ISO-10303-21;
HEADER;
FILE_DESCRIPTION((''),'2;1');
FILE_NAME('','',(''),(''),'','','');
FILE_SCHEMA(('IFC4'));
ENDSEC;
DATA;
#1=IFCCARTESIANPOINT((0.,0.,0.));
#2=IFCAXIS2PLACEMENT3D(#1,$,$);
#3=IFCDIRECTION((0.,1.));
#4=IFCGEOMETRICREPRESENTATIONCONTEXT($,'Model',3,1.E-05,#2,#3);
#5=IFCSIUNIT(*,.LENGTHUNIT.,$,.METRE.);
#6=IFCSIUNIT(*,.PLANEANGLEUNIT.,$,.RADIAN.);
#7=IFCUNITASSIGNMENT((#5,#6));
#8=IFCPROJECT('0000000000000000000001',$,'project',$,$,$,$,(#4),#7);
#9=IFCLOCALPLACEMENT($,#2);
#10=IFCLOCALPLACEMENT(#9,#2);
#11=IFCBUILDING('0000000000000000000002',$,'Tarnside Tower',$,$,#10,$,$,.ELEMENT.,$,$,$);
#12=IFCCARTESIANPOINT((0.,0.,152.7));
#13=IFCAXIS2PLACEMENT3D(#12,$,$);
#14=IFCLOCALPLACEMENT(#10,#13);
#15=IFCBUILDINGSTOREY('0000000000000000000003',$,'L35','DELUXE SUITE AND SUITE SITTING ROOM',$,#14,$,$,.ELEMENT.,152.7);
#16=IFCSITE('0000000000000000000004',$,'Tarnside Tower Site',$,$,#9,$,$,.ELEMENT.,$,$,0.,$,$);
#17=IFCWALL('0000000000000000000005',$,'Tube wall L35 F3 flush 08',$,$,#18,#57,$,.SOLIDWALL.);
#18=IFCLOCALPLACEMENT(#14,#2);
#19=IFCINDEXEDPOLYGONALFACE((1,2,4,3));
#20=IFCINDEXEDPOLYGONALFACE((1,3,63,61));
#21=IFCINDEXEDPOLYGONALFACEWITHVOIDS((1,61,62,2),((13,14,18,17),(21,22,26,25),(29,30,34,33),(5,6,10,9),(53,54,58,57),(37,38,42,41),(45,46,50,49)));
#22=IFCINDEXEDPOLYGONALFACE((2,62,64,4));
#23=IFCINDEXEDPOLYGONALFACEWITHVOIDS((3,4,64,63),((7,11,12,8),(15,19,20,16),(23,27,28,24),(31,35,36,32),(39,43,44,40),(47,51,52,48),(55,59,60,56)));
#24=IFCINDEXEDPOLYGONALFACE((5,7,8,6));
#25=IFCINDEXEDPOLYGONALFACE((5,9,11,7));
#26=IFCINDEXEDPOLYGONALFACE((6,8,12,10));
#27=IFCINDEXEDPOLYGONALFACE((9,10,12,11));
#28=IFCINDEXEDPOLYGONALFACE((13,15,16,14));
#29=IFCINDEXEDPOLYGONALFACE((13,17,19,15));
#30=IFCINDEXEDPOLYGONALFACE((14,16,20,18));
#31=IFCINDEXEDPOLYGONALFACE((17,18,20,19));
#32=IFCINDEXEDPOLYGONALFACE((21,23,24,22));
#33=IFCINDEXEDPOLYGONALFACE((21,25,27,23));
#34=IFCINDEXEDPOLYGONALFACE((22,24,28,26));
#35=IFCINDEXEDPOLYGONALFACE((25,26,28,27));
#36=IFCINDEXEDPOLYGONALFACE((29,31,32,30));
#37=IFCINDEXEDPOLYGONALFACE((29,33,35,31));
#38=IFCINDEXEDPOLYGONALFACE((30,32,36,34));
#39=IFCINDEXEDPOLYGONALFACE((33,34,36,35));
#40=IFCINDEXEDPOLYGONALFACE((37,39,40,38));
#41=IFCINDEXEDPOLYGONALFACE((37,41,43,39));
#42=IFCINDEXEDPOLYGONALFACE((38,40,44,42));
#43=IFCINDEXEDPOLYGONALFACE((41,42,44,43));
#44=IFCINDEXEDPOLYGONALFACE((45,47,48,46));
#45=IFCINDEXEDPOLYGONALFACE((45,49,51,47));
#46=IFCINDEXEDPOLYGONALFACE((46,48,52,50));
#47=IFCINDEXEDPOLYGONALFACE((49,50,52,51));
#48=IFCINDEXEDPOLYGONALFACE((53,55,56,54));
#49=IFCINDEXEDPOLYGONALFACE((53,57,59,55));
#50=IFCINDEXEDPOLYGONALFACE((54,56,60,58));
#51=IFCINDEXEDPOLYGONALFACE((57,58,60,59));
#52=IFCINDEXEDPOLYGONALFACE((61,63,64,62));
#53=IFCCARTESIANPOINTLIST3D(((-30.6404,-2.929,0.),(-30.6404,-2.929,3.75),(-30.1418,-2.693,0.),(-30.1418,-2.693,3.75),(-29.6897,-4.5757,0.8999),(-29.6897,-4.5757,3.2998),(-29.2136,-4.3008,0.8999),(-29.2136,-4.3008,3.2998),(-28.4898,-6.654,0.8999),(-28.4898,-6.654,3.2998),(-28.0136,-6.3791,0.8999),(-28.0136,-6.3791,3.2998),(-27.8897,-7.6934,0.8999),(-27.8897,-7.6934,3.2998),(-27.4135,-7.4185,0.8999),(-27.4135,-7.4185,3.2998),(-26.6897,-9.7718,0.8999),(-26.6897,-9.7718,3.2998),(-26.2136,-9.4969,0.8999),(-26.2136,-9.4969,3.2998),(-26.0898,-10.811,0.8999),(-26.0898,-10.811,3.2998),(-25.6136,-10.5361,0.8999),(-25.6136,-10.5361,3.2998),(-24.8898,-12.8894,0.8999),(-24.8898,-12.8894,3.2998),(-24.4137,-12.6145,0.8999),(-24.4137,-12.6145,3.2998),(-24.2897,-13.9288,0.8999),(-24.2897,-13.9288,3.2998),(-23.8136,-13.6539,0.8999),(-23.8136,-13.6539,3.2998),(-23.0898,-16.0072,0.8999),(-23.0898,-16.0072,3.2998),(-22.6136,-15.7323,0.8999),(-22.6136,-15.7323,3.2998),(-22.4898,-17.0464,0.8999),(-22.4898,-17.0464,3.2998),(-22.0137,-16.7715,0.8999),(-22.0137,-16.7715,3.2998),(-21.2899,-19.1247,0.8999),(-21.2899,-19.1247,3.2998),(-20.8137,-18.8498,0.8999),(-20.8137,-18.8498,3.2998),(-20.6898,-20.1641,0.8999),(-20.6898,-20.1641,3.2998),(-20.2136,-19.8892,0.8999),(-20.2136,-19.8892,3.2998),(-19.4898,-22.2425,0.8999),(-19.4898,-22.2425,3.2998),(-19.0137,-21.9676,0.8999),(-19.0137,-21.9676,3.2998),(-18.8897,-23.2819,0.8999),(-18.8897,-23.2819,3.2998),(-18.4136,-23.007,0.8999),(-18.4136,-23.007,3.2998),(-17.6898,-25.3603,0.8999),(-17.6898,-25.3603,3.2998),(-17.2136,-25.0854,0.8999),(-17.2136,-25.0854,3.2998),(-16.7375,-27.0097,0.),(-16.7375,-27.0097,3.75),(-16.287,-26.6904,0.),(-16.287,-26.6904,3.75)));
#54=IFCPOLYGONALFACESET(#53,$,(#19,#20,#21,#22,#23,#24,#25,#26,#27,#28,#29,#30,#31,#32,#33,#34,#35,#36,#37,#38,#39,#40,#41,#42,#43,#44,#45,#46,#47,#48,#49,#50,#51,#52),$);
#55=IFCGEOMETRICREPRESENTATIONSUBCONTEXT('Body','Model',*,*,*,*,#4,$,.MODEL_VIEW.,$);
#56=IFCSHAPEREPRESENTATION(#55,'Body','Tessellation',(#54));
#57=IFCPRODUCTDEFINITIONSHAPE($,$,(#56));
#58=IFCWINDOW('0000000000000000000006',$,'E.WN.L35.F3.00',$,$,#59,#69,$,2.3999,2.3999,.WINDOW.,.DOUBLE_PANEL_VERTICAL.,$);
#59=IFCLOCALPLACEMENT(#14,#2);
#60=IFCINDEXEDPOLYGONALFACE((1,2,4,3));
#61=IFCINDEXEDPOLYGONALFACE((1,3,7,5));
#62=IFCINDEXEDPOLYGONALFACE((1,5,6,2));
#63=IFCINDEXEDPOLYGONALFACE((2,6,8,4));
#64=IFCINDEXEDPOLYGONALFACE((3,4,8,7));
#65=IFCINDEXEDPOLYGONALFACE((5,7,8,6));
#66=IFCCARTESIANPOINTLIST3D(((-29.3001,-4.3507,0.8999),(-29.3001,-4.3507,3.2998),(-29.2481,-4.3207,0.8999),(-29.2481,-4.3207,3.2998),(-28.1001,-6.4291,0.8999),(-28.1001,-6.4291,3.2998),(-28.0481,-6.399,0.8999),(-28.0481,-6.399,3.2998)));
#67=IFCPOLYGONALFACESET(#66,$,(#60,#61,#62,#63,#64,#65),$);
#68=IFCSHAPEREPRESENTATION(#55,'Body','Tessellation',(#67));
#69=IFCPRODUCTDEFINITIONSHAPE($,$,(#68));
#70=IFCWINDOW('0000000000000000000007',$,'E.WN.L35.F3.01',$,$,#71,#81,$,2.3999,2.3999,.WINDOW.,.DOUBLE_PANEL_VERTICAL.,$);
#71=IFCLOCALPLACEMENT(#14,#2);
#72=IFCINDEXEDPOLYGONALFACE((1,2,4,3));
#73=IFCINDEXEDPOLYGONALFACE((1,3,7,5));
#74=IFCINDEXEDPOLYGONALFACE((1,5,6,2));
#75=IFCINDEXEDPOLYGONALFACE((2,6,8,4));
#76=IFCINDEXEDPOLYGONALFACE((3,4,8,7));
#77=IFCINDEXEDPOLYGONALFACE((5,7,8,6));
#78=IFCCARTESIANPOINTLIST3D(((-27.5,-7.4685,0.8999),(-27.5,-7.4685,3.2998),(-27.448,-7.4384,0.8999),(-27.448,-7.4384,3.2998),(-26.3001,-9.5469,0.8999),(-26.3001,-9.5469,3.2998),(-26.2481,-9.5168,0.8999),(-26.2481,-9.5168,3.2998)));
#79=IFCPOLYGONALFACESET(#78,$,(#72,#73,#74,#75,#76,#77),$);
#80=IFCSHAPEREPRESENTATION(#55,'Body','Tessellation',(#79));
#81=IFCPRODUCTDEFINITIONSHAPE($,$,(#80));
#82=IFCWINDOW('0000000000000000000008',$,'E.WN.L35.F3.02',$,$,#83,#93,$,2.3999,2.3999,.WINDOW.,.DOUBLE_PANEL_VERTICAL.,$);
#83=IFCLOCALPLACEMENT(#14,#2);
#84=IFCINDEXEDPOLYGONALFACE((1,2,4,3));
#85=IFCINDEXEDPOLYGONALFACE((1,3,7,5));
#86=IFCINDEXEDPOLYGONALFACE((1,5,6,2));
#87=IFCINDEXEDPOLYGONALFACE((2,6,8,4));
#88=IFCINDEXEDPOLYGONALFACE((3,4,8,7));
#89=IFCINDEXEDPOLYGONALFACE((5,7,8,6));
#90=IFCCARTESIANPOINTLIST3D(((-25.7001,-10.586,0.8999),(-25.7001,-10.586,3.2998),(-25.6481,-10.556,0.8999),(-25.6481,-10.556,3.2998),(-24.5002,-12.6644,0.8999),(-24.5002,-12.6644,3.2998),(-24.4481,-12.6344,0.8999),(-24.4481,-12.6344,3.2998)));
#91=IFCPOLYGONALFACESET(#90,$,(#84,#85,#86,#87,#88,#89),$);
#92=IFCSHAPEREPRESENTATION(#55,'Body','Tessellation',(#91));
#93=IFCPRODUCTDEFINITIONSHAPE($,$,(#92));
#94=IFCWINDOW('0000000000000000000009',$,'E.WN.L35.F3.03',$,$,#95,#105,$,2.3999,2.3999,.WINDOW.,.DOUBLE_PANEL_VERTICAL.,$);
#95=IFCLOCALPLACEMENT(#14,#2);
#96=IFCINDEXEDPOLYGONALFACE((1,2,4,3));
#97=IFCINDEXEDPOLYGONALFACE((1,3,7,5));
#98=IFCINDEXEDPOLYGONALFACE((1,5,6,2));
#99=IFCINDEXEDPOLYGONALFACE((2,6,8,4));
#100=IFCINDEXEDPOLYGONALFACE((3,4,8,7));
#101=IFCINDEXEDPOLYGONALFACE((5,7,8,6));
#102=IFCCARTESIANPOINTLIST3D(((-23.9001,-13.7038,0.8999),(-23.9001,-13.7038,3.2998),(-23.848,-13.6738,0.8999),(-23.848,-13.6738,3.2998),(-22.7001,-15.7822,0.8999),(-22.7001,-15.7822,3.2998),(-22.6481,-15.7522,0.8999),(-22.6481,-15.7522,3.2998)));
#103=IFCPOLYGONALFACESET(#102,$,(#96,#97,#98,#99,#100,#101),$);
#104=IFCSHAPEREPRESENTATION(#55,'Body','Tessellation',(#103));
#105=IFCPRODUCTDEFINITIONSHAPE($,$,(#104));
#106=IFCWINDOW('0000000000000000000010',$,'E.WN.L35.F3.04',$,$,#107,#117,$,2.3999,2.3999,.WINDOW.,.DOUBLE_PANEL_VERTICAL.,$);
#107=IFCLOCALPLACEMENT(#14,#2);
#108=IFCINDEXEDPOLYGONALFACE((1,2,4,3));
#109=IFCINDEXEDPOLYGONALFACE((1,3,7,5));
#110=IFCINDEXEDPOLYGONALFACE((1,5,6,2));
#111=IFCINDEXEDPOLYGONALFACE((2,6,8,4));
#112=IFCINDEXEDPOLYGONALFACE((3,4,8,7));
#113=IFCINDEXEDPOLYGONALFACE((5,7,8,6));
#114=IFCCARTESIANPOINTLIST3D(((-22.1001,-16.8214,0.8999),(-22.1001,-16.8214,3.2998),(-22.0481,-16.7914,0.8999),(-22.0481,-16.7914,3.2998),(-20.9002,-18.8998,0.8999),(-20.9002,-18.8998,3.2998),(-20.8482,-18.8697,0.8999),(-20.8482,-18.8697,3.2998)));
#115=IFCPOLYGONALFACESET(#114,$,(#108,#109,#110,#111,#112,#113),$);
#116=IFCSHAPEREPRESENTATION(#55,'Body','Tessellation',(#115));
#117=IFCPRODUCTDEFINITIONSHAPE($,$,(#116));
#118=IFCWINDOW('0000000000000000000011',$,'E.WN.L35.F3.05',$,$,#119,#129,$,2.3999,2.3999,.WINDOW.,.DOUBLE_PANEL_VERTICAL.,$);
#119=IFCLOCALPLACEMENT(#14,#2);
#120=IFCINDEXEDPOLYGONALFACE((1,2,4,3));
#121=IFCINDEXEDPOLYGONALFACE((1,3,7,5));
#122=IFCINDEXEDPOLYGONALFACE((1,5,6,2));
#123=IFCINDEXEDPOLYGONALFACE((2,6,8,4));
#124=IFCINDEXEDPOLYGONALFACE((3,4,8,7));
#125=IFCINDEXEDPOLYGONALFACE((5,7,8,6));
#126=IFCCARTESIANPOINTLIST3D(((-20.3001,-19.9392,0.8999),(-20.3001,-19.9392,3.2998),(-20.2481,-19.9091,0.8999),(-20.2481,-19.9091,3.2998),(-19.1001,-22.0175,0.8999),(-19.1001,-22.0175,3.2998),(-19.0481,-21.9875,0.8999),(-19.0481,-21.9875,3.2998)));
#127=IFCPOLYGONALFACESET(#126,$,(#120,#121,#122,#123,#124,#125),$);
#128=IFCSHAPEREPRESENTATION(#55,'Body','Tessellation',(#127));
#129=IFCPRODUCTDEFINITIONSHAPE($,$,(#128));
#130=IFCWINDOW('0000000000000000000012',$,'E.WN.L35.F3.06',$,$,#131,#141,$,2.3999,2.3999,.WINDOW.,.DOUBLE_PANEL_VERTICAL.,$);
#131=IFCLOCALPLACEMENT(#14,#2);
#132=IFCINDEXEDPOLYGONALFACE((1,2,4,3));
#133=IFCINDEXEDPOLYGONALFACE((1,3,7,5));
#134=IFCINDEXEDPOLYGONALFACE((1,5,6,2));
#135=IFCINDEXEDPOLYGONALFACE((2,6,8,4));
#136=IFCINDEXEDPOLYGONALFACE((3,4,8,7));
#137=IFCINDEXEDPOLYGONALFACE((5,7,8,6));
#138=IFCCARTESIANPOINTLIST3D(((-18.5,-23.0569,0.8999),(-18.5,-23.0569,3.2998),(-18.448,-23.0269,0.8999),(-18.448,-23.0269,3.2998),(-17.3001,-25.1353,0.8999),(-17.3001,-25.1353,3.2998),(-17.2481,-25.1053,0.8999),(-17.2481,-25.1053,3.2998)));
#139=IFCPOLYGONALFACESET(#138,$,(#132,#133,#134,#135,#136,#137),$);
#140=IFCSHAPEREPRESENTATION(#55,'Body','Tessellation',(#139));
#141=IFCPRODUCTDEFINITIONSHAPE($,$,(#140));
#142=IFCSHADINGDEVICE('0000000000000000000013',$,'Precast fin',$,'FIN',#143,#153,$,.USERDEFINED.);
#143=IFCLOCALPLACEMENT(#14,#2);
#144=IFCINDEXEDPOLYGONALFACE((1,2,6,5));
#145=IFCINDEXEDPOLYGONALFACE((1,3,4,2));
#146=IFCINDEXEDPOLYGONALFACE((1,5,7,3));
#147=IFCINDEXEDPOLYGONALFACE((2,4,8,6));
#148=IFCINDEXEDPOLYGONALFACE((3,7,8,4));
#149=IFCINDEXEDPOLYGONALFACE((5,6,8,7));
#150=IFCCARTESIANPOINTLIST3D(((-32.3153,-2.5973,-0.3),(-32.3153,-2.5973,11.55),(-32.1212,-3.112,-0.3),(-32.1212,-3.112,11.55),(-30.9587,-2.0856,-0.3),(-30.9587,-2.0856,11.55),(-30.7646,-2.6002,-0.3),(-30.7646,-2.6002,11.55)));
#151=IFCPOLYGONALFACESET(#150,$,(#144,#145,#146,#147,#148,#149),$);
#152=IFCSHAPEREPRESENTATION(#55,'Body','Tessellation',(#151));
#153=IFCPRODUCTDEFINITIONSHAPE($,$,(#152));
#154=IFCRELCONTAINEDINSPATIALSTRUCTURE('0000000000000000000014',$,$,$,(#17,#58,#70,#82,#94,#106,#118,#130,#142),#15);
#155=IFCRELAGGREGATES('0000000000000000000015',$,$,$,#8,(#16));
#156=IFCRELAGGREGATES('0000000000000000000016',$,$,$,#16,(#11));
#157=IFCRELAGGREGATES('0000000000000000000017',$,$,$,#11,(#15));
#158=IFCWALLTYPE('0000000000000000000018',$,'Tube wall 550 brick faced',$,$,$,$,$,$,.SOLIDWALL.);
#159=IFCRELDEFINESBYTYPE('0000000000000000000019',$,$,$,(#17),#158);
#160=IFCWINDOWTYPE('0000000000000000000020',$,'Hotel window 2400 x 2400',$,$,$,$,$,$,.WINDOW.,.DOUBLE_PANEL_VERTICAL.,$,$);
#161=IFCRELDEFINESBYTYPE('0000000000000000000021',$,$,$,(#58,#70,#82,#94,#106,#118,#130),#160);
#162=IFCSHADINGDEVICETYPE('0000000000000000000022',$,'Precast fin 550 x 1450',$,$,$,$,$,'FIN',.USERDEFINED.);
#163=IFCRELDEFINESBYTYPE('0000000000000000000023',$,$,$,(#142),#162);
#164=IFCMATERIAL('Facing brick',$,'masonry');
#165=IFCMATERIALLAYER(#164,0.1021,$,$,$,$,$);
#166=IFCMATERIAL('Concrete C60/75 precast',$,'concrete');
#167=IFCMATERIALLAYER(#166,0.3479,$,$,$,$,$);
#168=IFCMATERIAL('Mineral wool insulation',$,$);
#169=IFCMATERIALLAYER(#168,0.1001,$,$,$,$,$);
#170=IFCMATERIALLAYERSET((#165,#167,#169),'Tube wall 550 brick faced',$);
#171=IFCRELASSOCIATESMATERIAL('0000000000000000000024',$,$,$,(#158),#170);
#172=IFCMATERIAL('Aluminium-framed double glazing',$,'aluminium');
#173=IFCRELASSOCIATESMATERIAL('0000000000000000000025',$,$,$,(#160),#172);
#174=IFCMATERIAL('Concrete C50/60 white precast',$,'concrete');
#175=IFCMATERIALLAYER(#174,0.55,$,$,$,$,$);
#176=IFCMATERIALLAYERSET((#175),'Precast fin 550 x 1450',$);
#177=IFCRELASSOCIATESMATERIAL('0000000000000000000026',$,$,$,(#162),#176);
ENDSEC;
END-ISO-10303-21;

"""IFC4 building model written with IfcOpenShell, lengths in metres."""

from ifc_helpers import new_model, si_unit, direction, frame, frame_2d, origin, place, context, subcontext, project, spatial, polyline, rectangle, outline, extrude, material, layer, layer_set, type_object, element, fill, save


model = new_model("IFC4")

# Units and contexts
model_context = context("Model", 3, precision=1e-05, world=origin(), true_north=direction((0.0, 1.0)))
body_context = subcontext(model_context, "Body", "Model", "MODEL_VIEW")
ifc_project = project(units=[si_unit("LENGTHUNIT", "METRE"), si_unit("PLANEANGLEUNIT", "RADIAN")], contexts=[model_context])

# Site, building, storey
site_placement = place(None, origin())
site = spatial("IfcSite", under=ifc_project, at=site_placement, Name="Tarnside Tower Site", CompositionType="ELEMENT", RefElevation=0.0)
building_placement = place(site_placement, origin())
building = spatial("IfcBuilding", under=site, at=building_placement, Name="Tarnside Tower", CompositionType="ELEMENT")
storey_placement = place(building_placement, frame((0.0, 0.0, 152.7)))
storey = spatial("IfcBuildingStorey", under=building, at=storey_placement, Name="L35", Description="DELUXE SUITE AND SUITE SITTING ROOM", CompositionType="ELEMENT", Elevation=152.7)

# Shared definitions
ifc_material_1 = material(Name="Facing brick", Category="masonry")
ifc_layer_1 = layer(ifc_material_1, 0.1021)
ifc_material_2 = material(Name="Concrete C60/75 precast", Category="concrete")
ifc_layer_2 = layer(ifc_material_2, 0.3479)
ifc_material_3 = material(Name="Mineral wool insulation")
ifc_layer_3 = layer(ifc_material_3, 0.1001)
ifc_layer_set_1 = layer_set([ifc_layer_1, ifc_layer_2, ifc_layer_3], Name="Tube wall 550 brick faced")
wall_type = type_object("IfcWallType", Name="Tube wall 550 brick faced", PredefinedType="SOLIDWALL", material=ifc_layer_set_1)

# Wall, openings, windows
wall_1_placement = place(storey_placement, frame((-30.3911, -2.811, 0.0), z_axis=(0.0, 0.0, 1.0), x_axis=(0.499999, -0.866026, 0.0)))
wall_1 = element("IfcWall", 1, at=wall_1_placement, inside=storey, type_object=wall_type, Name="Tube wall L35 F3 flush 08", PredefinedType="SOLIDWALL", context=body_context, shape_type="SweptSolid", body=[
    extrude(outline(polyline([(-0.0225, -0.2749), (27.7834, -0.2749), (27.7322, 0.2749), (0.0225, 0.2749), (-0.0225, -0.2749)])), origin(), (0.0, 0.0, 1.0), 3.75),
])
opening_1_placement = place(wall_1_placement, frame((1.8789, 0.0, 0.8999)))
opening_1 = element("IfcOpeningElement", 2, at=opening_1_placement, cuts=wall_1, PredefinedType="OPENING", context=body_context, shape_type="SweptSolid", body=[
    extrude(rectangle(XDim=2.3999, YDim=2.3999, at=frame_2d((1.2, 1.2))), frame((0.0, 0.2852, 0.0), z_axis=(0.0, -1.0, 0.0), x_axis=(1.0, 0.0, 0.0)), (0.0, 0.0, 1.0), 0.5701),
])
opening_2_placement = place(wall_1_placement, frame((5.479, 0.0, 0.8999)))
opening_2 = element("IfcOpeningElement", 3, at=opening_2_placement, cuts=wall_1, PredefinedType="OPENING", context=body_context, shape_type="SweptSolid", body=[
    extrude(rectangle(XDim=2.3999, YDim=2.3999, at=frame_2d((1.2, 1.2))), frame((0.0, 0.2852, 0.0), z_axis=(0.0, -1.0, 0.0), x_axis=(1.0, 0.0, 0.0)), (0.0, 0.0, 1.0), 0.5701),
])
opening_3_placement = place(wall_1_placement, frame((9.0789, 0.0, 0.8999)))
opening_3 = element("IfcOpeningElement", 4, at=opening_3_placement, cuts=wall_1, PredefinedType="OPENING", context=body_context, shape_type="SweptSolid", body=[
    extrude(rectangle(XDim=2.3999, YDim=2.3999, at=frame_2d((1.2, 1.2))), frame((0.0, 0.2852, 0.0), z_axis=(0.0, -1.0, 0.0), x_axis=(1.0, 0.0, 0.0)), (0.0, 0.0, 1.0), 0.5701),
])
opening_4_placement = place(wall_1_placement, frame((12.679, 0.0, 0.8999)))
opening_4 = element("IfcOpeningElement", 5, at=opening_4_placement, cuts=wall_1, PredefinedType="OPENING", context=body_context, shape_type="SweptSolid", body=[
    extrude(rectangle(XDim=2.3999, YDim=2.3999, at=frame_2d((1.2, 1.2))), frame((0.0, 0.2852, 0.0), z_axis=(0.0, -1.0, 0.0), x_axis=(1.0, 0.0, 0.0)), (0.0, 0.0, 1.0), 0.5701),
])
opening_5_placement = place(wall_1_placement, frame((16.2788, 0.0, 0.8999)))
opening_5 = element("IfcOpeningElement", 6, at=opening_5_placement, cuts=wall_1, PredefinedType="OPENING", context=body_context, shape_type="SweptSolid", body=[
    extrude(rectangle(XDim=2.3999, YDim=2.3999, at=frame_2d((1.2, 1.2))), frame((0.0, 0.2852, 0.0), z_axis=(0.0, -1.0, 0.0), x_axis=(1.0, 0.0, 0.0)), (0.0, 0.0, 1.0), 0.5701),
])
opening_6_placement = place(wall_1_placement, frame((19.8789, 0.0, 0.8999)))
opening_6 = element("IfcOpeningElement", 7, at=opening_6_placement, cuts=wall_1, PredefinedType="OPENING", context=body_context, shape_type="SweptSolid", body=[
    extrude(rectangle(XDim=2.3999, YDim=2.3999, at=frame_2d((1.2, 1.2))), frame((0.0, 0.2852, 0.0), z_axis=(0.0, -1.0, 0.0), x_axis=(1.0, 0.0, 0.0)), (0.0, 0.0, 1.0), 0.5701),
])
opening_7_placement = place(wall_1_placement, frame((23.479, 0.0, 0.8999)))
opening_7 = element("IfcOpeningElement", 8, at=opening_7_placement, cuts=wall_1, PredefinedType="OPENING", context=body_context, shape_type="SweptSolid", body=[
    extrude(rectangle(XDim=2.3999, YDim=2.3999, at=frame_2d((1.2, 1.2))), frame((0.0, 0.2852, 0.0), z_axis=(0.0, -1.0, 0.0), x_axis=(1.0, 0.0, 0.0)), (0.0, 0.0, 1.0), 0.5701),
])
ifc_material_4 = material(Name="Aluminium-framed double glazing", Category="aluminium")
window_type = type_object("IfcWindowType", Name="Hotel window 2400 x 2400", PartitioningType="DOUBLE_PANEL_VERTICAL", PredefinedType="WINDOW", material=ifc_material_4)
window_1_placement = place(opening_1_placement, frame((0.0, 0.2051, 0.0)))
window_1 = element("IfcWindow", 9, at=window_1_placement, inside=storey, type_object=window_type, Name="E.WN.L35.F3.00", OverallHeight=2.3999, OverallWidth=2.3999, PartitioningType="DOUBLE_PANEL_VERTICAL", PredefinedType="WINDOW", context=body_context, shape_type="SweptSolid", body=[
    extrude(rectangle(XDim=2.3999, YDim=2.3999, at=frame_2d((1.2, 1.2))), frame((0.0, 0.03, 0.0), z_axis=(0.0, -1.0, 0.0), x_axis=(1.0, 0.0, 0.0)), (0.0, 0.0, 1.0), 0.0601),
])
fill(opening_1, window_1)
window_2_placement = place(opening_2_placement, frame((0.0, 0.2051, 0.0)))
window_2 = element("IfcWindow", 10, at=window_2_placement, inside=storey, type_object=window_type, Name="E.WN.L35.F3.01", OverallHeight=2.3999, OverallWidth=2.3999, PartitioningType="DOUBLE_PANEL_VERTICAL", PredefinedType="WINDOW", context=body_context, shape_type="SweptSolid", body=[
    extrude(rectangle(XDim=2.3999, YDim=2.3999, at=frame_2d((1.2, 1.2))), frame((0.0, 0.03, 0.0), z_axis=(0.0, -1.0, 0.0), x_axis=(1.0, 0.0, 0.0)), (0.0, 0.0, 1.0), 0.0601),
])
fill(opening_2, window_2)
window_3_placement = place(opening_3_placement, frame((0.0, 0.2051, 0.0)))
window_3 = element("IfcWindow", 11, at=window_3_placement, inside=storey, type_object=window_type, Name="E.WN.L35.F3.02", OverallHeight=2.3999, OverallWidth=2.3999, PartitioningType="DOUBLE_PANEL_VERTICAL", PredefinedType="WINDOW", context=body_context, shape_type="SweptSolid", body=[
    extrude(rectangle(XDim=2.3999, YDim=2.3999, at=frame_2d((1.2, 1.2))), frame((0.0, 0.03, 0.0), z_axis=(0.0, -1.0, 0.0), x_axis=(1.0, 0.0, 0.0)), (0.0, 0.0, 1.0), 0.0601),
])
fill(opening_3, window_3)
window_4_placement = place(opening_4_placement, frame((0.0, 0.2051, 0.0)))
window_4 = element("IfcWindow", 12, at=window_4_placement, inside=storey, type_object=window_type, Name="E.WN.L35.F3.03", OverallHeight=2.3999, OverallWidth=2.3999, PartitioningType="DOUBLE_PANEL_VERTICAL", PredefinedType="WINDOW", context=body_context, shape_type="SweptSolid", body=[
    extrude(rectangle(XDim=2.3999, YDim=2.3999, at=frame_2d((1.2, 1.2))), frame((0.0, 0.03, 0.0), z_axis=(0.0, -1.0, 0.0), x_axis=(1.0, 0.0, 0.0)), (0.0, 0.0, 1.0), 0.0601),
])
fill(opening_4, window_4)
window_5_placement = place(opening_5_placement, frame((0.0, 0.2051, 0.0)))
window_5 = element("IfcWindow", 13, at=window_5_placement, inside=storey, type_object=window_type, Name="E.WN.L35.F3.04", OverallHeight=2.3999, OverallWidth=2.3999, PartitioningType="DOUBLE_PANEL_VERTICAL", PredefinedType="WINDOW", context=body_context, shape_type="SweptSolid", body=[
    extrude(rectangle(XDim=2.3999, YDim=2.3999, at=frame_2d((1.2, 1.2))), frame((0.0, 0.03, 0.0), z_axis=(0.0, -1.0, 0.0), x_axis=(1.0, 0.0, 0.0)), (0.0, 0.0, 1.0), 0.0601),
])
fill(opening_5, window_5)
window_6_placement = place(opening_6_placement, frame((0.0, 0.2051, 0.0)))
window_6 = element("IfcWindow", 14, at=window_6_placement, inside=storey, type_object=window_type, Name="E.WN.L35.F3.05", OverallHeight=2.3999, OverallWidth=2.3999, PartitioningType="DOUBLE_PANEL_VERTICAL", PredefinedType="WINDOW", context=body_context, shape_type="SweptSolid", body=[
    extrude(rectangle(XDim=2.3999, YDim=2.3999, at=frame_2d((1.2, 1.2))), frame((0.0, 0.03, 0.0), z_axis=(0.0, -1.0, 0.0), x_axis=(1.0, 0.0, 0.0)), (0.0, 0.0, 1.0), 0.0601),
])
fill(opening_6, window_6)
window_7_placement = place(opening_7_placement, frame((0.0, 0.2051, 0.0)))
window_7 = element("IfcWindow", 15, at=window_7_placement, inside=storey, type_object=window_type, Name="E.WN.L35.F3.06", OverallHeight=2.3999, OverallWidth=2.3999, PartitioningType="DOUBLE_PANEL_VERTICAL", PredefinedType="WINDOW", context=body_context, shape_type="SweptSolid", body=[
    extrude(rectangle(XDim=2.3999, YDim=2.3999, at=frame_2d((1.2, 1.2))), frame((0.0, 0.03, 0.0), z_axis=(0.0, -1.0, 0.0), x_axis=(1.0, 0.0, 0.0)), (0.0, 0.0, 1.0), 0.0601),
])
fill(opening_7, window_7)

# Shading device
ifc_material_5 = material(Name="Concrete C50/60 white precast", Category="concrete")
ifc_layer_4 = layer(ifc_material_5, 0.55)
ifc_layer_set_2 = layer_set([ifc_layer_4], Name="Precast fin 550 x 1450")
shading_device_type_1 = type_object("IfcShadingDeviceType", Name="Precast fin 550 x 1450", ElementType="FIN", PredefinedType="USERDEFINED", material=ifc_layer_set_2)
shading_device_placement = place(storey_placement, frame((-30.8616, -2.343, -0.3), z_axis=(-0.352931, 0.93565, 0.0), x_axis=(-0.93565, -0.352931, 0.0)))
element("IfcShadingDevice", 16, at=shading_device_placement, inside=storey, type_object=shading_device_type_1, Name="Precast fin", ObjectType="FIN", PredefinedType="USERDEFINED", context=body_context, shape_type="SweptSolid", body=[
    extrude(outline(polyline([(0.0, 0.0), (1.45, 0.0), (1.45, 11.8501), (0.0, 11.8501), (0.0, 0.0)])), frame((0.0, 0.0, -0.2749)), (0.0, 0.0, 1.0), 0.55),
])

save(model, "model.ifc")
